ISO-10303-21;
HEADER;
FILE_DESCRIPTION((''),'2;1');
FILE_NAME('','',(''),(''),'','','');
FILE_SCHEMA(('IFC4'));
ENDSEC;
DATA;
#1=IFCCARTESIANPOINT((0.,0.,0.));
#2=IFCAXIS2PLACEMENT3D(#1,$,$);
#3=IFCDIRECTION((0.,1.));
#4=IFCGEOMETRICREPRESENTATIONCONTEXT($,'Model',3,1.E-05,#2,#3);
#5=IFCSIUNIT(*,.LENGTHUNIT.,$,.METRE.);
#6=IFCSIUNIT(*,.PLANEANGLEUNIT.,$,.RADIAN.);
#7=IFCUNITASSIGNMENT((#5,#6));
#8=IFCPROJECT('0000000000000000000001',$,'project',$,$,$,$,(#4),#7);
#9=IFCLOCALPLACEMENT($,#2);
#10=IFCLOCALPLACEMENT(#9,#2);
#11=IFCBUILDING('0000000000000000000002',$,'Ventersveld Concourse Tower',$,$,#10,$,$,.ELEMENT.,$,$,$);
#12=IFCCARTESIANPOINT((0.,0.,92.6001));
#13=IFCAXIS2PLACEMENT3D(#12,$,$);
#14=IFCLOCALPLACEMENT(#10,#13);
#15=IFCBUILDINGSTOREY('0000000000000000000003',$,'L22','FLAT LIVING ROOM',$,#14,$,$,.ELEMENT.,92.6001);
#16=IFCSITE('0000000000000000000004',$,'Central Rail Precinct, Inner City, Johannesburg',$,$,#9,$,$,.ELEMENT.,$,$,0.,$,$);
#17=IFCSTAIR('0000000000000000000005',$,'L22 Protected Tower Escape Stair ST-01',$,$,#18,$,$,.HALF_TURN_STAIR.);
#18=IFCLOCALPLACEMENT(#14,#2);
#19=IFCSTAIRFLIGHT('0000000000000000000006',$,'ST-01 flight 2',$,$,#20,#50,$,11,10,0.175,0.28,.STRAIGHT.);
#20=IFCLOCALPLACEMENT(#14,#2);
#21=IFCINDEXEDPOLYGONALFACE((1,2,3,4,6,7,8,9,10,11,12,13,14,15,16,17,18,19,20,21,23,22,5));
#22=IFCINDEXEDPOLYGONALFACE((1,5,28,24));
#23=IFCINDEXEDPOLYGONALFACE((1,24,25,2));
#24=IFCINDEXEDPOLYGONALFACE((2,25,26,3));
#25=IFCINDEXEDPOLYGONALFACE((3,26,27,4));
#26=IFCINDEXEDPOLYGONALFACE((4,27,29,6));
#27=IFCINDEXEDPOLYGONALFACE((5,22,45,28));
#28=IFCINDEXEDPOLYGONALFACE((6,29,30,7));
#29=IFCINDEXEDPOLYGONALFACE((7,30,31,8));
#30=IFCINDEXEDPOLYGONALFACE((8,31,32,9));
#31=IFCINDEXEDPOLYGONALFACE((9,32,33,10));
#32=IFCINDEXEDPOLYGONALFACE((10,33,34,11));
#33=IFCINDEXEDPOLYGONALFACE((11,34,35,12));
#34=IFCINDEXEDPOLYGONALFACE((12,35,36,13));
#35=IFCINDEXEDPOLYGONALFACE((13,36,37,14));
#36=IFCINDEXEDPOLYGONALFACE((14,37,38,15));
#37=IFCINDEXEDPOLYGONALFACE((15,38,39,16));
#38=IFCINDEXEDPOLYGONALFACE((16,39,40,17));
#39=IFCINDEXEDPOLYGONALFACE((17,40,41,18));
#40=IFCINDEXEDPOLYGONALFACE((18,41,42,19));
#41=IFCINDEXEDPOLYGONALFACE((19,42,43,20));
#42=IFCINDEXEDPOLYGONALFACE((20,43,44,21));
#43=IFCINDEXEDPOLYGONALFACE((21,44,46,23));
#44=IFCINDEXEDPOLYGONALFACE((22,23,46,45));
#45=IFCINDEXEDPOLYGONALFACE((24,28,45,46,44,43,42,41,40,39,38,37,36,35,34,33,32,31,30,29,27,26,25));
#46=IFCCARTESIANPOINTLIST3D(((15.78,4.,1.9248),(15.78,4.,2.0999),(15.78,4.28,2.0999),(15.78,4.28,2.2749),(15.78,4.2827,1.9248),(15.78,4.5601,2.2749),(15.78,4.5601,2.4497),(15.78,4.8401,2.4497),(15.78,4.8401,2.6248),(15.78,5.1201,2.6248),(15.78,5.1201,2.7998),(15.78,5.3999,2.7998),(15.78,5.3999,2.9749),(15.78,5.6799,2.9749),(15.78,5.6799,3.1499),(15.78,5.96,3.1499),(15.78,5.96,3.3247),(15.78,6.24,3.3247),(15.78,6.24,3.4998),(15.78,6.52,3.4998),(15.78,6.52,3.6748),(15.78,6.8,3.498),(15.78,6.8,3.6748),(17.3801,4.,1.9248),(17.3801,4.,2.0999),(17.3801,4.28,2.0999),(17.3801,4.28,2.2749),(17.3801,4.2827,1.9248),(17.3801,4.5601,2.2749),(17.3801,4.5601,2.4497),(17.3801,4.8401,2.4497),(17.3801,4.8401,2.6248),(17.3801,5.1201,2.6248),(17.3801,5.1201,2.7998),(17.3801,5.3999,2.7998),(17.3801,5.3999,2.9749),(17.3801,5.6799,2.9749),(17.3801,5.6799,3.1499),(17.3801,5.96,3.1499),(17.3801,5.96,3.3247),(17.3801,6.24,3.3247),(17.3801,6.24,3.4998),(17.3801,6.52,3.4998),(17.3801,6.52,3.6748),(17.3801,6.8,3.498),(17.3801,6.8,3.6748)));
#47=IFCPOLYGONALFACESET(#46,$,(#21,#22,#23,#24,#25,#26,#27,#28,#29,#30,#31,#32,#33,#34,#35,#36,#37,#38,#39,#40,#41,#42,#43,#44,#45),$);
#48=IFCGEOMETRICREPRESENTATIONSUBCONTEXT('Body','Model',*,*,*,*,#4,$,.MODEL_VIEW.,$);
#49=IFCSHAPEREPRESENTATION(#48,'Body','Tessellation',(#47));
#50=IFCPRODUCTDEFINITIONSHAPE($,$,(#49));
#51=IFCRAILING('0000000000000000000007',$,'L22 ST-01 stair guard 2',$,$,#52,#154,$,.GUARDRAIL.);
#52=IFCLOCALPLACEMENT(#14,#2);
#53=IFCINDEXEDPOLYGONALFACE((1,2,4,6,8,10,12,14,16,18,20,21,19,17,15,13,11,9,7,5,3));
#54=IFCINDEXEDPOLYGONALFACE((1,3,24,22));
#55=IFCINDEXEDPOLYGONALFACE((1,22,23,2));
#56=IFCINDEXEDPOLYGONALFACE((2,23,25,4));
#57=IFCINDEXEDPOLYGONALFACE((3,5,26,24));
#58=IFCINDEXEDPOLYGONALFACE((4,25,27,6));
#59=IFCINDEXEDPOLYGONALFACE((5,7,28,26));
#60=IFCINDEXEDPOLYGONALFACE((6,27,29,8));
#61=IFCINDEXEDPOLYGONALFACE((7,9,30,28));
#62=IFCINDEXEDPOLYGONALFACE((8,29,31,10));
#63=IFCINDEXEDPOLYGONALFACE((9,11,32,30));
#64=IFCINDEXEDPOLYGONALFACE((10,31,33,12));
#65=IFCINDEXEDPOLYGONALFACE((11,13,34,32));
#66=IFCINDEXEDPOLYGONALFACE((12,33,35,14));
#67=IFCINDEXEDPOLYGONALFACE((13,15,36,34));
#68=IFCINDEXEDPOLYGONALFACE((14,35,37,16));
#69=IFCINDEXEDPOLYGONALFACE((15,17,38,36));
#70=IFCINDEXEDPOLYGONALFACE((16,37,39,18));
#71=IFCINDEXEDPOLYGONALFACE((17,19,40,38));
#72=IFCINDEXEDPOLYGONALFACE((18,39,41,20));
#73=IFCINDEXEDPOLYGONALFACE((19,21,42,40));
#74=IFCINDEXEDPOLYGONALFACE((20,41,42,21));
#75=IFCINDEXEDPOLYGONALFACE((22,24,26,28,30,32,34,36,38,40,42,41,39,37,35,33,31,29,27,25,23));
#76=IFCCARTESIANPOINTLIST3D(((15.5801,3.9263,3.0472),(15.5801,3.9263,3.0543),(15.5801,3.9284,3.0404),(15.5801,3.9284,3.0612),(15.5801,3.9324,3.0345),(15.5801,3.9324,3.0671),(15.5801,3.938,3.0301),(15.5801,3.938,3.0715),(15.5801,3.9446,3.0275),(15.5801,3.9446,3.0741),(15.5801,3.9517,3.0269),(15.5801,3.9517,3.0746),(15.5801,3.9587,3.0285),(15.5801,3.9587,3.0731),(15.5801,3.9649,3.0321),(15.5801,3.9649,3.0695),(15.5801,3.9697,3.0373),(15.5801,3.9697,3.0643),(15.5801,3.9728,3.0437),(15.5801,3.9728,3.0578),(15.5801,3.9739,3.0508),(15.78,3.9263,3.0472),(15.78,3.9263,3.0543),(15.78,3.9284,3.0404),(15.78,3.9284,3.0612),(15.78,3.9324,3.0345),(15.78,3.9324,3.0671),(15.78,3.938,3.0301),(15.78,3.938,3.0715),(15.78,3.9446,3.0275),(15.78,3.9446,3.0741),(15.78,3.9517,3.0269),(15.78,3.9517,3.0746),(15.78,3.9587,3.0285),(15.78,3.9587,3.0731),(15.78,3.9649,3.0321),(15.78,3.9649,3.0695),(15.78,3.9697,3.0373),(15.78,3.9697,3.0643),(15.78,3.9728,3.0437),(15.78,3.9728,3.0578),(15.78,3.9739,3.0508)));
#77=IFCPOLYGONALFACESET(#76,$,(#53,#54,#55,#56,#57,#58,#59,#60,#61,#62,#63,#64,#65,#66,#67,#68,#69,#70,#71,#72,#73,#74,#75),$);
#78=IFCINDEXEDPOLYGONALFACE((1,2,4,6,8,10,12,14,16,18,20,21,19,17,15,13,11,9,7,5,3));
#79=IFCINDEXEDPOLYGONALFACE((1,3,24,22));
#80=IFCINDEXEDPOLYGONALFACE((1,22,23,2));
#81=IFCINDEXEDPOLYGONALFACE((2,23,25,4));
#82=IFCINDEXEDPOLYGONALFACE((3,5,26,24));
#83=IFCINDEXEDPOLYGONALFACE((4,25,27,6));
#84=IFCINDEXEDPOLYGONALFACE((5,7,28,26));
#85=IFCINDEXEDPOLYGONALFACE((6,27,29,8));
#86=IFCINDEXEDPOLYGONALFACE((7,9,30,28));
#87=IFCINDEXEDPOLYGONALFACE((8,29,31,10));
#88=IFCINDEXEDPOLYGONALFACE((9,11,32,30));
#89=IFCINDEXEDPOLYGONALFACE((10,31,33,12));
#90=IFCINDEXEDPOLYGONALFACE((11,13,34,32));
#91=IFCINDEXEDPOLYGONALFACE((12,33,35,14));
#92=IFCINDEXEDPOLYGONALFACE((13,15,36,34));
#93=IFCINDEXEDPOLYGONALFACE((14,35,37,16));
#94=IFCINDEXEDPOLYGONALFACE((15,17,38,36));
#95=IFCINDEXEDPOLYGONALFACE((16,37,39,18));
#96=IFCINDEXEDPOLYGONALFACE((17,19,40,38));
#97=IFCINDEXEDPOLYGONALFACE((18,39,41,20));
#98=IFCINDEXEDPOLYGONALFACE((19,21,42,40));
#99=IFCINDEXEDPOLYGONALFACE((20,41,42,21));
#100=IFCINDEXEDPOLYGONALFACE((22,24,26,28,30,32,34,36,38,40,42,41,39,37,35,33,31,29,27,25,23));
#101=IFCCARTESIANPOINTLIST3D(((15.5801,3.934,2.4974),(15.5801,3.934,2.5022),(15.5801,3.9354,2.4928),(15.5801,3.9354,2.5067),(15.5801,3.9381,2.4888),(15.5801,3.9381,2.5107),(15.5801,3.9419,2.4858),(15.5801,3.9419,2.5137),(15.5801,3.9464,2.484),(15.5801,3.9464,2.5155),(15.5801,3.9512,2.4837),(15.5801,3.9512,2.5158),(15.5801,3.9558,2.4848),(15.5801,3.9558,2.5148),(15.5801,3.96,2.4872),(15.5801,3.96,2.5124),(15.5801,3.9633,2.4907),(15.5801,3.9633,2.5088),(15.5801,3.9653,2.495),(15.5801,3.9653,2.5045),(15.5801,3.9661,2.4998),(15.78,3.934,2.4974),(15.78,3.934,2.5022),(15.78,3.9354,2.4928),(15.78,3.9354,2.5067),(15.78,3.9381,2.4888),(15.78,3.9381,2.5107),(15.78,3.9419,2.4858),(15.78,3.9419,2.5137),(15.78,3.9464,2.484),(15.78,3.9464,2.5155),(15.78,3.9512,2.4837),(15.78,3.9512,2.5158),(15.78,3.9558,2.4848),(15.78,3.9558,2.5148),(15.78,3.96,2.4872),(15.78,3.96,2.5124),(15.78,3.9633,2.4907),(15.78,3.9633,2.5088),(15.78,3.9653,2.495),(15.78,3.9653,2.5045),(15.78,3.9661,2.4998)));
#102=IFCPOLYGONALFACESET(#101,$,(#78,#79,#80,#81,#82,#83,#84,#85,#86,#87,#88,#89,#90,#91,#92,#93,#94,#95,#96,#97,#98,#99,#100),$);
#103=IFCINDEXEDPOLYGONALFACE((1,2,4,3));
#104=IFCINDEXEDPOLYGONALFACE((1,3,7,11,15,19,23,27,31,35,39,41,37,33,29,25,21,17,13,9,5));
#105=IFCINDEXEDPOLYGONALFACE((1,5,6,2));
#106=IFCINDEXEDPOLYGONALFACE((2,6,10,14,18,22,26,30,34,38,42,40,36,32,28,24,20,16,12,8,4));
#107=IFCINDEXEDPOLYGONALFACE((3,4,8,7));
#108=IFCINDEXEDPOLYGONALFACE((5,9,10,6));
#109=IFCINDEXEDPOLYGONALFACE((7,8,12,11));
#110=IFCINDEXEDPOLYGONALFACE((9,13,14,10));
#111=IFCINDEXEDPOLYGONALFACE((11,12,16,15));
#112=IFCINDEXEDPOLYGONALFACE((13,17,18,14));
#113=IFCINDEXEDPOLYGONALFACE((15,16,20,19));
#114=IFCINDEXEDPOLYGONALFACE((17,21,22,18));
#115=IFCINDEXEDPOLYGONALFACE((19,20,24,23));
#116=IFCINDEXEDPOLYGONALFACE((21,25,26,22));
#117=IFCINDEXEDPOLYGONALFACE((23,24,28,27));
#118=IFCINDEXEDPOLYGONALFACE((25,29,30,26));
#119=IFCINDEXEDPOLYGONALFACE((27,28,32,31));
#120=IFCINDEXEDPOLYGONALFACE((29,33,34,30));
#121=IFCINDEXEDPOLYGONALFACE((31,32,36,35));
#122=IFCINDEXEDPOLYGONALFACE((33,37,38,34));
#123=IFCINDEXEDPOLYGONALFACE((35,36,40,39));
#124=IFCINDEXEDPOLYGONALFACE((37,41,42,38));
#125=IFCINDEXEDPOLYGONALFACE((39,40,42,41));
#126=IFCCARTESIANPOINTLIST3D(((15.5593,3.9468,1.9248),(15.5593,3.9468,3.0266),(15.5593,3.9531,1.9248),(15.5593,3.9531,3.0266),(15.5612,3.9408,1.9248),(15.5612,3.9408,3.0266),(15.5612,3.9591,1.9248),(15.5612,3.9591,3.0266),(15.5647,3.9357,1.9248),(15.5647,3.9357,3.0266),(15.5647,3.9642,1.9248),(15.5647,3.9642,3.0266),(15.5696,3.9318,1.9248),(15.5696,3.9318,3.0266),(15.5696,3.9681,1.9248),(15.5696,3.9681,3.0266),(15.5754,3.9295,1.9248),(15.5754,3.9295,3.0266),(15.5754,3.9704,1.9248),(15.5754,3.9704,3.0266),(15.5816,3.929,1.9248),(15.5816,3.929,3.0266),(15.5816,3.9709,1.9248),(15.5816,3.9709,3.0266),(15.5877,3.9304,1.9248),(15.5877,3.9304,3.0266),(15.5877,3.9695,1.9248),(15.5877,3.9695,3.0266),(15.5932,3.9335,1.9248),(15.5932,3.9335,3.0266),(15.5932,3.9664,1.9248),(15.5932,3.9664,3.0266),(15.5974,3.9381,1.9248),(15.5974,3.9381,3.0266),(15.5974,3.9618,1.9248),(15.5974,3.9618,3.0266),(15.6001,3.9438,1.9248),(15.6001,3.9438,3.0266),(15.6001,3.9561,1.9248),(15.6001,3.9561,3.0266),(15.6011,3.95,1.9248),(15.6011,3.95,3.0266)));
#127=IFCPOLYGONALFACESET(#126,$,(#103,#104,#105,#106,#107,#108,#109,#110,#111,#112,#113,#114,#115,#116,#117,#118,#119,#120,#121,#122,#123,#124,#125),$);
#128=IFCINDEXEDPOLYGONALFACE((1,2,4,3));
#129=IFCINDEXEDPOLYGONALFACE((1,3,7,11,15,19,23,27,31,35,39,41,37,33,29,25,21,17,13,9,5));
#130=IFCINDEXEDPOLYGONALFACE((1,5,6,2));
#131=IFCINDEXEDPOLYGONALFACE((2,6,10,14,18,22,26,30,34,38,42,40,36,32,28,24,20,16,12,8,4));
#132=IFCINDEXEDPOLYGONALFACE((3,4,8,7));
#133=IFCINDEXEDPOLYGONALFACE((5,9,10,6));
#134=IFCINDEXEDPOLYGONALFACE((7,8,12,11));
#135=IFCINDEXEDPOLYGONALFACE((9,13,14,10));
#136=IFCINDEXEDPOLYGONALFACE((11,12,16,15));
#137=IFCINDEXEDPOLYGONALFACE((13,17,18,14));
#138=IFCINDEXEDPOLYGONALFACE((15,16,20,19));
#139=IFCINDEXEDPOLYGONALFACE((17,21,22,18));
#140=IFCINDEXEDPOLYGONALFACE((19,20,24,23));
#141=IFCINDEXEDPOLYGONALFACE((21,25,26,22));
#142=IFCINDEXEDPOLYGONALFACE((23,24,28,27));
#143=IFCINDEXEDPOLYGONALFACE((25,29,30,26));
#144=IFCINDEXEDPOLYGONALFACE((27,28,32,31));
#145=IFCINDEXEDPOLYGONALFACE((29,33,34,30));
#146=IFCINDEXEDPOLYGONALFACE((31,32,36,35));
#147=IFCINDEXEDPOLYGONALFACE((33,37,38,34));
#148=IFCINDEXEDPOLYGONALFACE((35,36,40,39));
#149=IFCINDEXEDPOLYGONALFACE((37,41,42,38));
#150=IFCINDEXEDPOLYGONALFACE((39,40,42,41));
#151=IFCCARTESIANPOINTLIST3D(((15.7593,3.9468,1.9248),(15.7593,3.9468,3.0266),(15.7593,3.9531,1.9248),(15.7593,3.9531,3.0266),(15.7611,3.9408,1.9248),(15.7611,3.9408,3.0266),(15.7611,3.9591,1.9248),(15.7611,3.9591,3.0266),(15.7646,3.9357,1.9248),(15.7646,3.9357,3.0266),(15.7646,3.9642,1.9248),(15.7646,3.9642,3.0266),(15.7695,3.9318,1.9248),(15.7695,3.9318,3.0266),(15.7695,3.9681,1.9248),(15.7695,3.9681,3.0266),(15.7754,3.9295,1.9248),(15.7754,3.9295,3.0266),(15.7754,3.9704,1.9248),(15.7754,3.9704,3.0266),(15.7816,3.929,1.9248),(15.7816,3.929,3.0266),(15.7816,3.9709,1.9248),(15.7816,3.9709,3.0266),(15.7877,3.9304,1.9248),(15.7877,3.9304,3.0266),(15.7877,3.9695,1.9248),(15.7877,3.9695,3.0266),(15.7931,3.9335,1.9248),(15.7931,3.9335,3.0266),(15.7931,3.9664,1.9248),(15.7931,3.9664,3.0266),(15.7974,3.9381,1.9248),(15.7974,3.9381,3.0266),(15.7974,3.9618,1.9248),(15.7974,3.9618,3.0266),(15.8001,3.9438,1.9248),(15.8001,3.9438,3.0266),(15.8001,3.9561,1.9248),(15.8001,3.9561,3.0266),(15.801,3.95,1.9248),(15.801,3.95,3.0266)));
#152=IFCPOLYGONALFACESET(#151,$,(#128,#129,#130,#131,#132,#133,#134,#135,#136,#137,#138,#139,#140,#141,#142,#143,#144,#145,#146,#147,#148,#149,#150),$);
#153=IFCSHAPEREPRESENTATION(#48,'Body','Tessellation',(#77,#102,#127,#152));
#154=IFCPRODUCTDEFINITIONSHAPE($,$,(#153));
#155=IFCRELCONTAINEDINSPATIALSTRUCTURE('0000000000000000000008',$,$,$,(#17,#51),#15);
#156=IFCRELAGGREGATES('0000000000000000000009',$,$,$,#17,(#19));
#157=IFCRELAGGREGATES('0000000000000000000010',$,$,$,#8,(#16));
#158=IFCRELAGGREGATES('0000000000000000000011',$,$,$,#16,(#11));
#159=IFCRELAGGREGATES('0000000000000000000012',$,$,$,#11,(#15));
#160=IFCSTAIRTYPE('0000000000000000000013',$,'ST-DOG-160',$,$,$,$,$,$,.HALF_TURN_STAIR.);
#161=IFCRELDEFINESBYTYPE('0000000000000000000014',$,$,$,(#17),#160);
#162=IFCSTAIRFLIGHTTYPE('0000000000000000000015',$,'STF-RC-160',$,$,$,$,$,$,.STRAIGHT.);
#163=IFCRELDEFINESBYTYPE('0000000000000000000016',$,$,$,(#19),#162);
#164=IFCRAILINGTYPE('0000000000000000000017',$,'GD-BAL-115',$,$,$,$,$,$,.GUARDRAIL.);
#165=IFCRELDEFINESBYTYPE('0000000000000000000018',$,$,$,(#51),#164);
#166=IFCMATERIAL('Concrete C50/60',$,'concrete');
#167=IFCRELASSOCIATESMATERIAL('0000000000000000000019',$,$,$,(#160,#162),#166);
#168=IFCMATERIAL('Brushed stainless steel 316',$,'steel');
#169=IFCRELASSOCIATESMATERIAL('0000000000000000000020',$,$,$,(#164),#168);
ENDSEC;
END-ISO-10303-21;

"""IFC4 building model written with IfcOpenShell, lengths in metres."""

from ifc_helpers import new_model, si_unit, direction, frame, origin, origin_2d, place, context, subcontext, project, spatial, polyline, circle, outline, extrude, material, type_object, element, aggregate, save


model = new_model("IFC4")

# Units and contexts
model_context = context("Model", 3, precision=1e-05, world=origin(), true_north=direction((0.0, 1.0)))
body_context = subcontext(model_context, "Body", "Model", "MODEL_VIEW")
ifc_project = project(units=[si_unit("LENGTHUNIT", "METRE"), si_unit("PLANEANGLEUNIT", "RADIAN")], contexts=[model_context])

# Site, building, storey
site_placement = place(None, origin())
site = spatial("IfcSite", under=ifc_project, at=site_placement, Name="Central Rail Precinct, Inner City, Johannesburg", CompositionType="ELEMENT", RefElevation=0.0)
building_placement = place(site_placement, origin())
building = spatial("IfcBuilding", under=site, at=building_placement, Name="Ventersveld Concourse Tower", CompositionType="ELEMENT")
storey_placement = place(building_placement, frame((0.0, 0.0, 92.6001)))
storey = spatial("IfcBuildingStorey", under=building, at=storey_placement, Name="L22", Description="FLAT LIVING ROOM", CompositionType="ELEMENT", Elevation=92.6001)

# Shared definitions
ifc_material_1 = material(Name="Concrete C50/60", Category="concrete")

# Shared definitions
ifc_material_2 = material(Name="Brushed stainless steel 316", Category="steel")

# Stair, stair flight
stair_type = type_object("IfcStairType", Name="ST-DOG-160", PredefinedType="HALF_TURN_STAIR", material=ifc_material_1)
stair_placement = place(storey_placement, origin())
stair = element("IfcStair", 1, at=stair_placement, inside=storey, type_object=stair_type, Name="L22 Protected Tower Escape Stair ST-01", PredefinedType="HALF_TURN_STAIR")
stair_flight_type = type_object("IfcStairFlightType", Name="STF-RC-160", PredefinedType="STRAIGHT", material=ifc_material_1)
stair_flight_placement = place(storey_placement, frame((16.5801, 4.0, 1.9248), z_axis=(0.0, 0.0, 1.0), x_axis=(0.0, 1.0, 0.0)))
stair_flight = element("IfcStairFlight", 2, at=stair_flight_placement, type_object=stair_flight_type, Name="ST-01 flight 2", NumberOfRisers=11, NumberOfTreads=10, PredefinedType="STRAIGHT", RiserHeight=0.175, TreadLength=0.28, context=body_context, shape_type="SweptSolid", body=[
    extrude(outline(polyline([(0.0, 0.0), (0.0, 0.175), (0.28, 0.175), (0.28, 0.3501), (0.5601, 0.3501), (0.5601, 0.5249), (0.8401, 0.5249), (0.8401, 0.7), (1.1201, 0.7), (1.1201, 0.875), (1.3999, 0.875), (1.3999, 1.05), (1.6799, 1.05), (1.6799, 1.2251), (1.96, 1.2251), (1.96, 1.3999), (2.24, 1.3999), (2.24, 1.575), (2.52, 1.575), (2.52, 1.75), (2.8, 1.75), (2.8, 1.925), (2.8, 1.5732), (0.2827, 0.0), (0.0, 0.0)])), frame((0.0, 0.8, 0.0), z_axis=(0.0, -1.0, 0.0), x_axis=(1.0, 0.0, 0.0)), (0.0, 0.0, 1.0), 1.6001),
])
aggregate(stair, [stair_flight])

# Railing
railing_type_1 = type_object("IfcRailingType", Name="GD-BAL-115", PredefinedType="GUARDRAIL", material=ifc_material_2)
railing_1_placement = place(storey_placement, frame((15.5801, 3.95, 1.9248)))
element("IfcRailing", 3, at=railing_1_placement, inside=storey, type_object=railing_type_1, Name="L22 ST-01 stair guard 2", PredefinedType="GUARDRAIL", context=body_context, shape_type="SweptSolid", body=[
    extrude(circle(Radius=0.0239, at=origin_2d()), frame((0.0, 0.0, 1.126), z_axis=(1.0, 0.0, 0.0), x_axis=(0.0, 1.0, 0.0)), (0.0, 0.0, 1.0), 0.2),
    extrude(circle(Radius=0.0161, at=origin_2d()), frame((0.0, 0.0, 0.575), z_axis=(1.0, 0.0, 0.0), x_axis=(0.0, 1.0, 0.0)), (0.0, 0.0, 1.0), 0.2),
    extrude(circle(Radius=0.021, at=origin_2d()), origin(), (0.0, 0.0, 1.0), 1.1018),
    extrude(circle(Radius=0.021, at=origin_2d()), frame((0.2, 0.0, 0.0)), (0.0, 0.0, 1.0), 1.1018),
])

save(model, "model.ifc")
